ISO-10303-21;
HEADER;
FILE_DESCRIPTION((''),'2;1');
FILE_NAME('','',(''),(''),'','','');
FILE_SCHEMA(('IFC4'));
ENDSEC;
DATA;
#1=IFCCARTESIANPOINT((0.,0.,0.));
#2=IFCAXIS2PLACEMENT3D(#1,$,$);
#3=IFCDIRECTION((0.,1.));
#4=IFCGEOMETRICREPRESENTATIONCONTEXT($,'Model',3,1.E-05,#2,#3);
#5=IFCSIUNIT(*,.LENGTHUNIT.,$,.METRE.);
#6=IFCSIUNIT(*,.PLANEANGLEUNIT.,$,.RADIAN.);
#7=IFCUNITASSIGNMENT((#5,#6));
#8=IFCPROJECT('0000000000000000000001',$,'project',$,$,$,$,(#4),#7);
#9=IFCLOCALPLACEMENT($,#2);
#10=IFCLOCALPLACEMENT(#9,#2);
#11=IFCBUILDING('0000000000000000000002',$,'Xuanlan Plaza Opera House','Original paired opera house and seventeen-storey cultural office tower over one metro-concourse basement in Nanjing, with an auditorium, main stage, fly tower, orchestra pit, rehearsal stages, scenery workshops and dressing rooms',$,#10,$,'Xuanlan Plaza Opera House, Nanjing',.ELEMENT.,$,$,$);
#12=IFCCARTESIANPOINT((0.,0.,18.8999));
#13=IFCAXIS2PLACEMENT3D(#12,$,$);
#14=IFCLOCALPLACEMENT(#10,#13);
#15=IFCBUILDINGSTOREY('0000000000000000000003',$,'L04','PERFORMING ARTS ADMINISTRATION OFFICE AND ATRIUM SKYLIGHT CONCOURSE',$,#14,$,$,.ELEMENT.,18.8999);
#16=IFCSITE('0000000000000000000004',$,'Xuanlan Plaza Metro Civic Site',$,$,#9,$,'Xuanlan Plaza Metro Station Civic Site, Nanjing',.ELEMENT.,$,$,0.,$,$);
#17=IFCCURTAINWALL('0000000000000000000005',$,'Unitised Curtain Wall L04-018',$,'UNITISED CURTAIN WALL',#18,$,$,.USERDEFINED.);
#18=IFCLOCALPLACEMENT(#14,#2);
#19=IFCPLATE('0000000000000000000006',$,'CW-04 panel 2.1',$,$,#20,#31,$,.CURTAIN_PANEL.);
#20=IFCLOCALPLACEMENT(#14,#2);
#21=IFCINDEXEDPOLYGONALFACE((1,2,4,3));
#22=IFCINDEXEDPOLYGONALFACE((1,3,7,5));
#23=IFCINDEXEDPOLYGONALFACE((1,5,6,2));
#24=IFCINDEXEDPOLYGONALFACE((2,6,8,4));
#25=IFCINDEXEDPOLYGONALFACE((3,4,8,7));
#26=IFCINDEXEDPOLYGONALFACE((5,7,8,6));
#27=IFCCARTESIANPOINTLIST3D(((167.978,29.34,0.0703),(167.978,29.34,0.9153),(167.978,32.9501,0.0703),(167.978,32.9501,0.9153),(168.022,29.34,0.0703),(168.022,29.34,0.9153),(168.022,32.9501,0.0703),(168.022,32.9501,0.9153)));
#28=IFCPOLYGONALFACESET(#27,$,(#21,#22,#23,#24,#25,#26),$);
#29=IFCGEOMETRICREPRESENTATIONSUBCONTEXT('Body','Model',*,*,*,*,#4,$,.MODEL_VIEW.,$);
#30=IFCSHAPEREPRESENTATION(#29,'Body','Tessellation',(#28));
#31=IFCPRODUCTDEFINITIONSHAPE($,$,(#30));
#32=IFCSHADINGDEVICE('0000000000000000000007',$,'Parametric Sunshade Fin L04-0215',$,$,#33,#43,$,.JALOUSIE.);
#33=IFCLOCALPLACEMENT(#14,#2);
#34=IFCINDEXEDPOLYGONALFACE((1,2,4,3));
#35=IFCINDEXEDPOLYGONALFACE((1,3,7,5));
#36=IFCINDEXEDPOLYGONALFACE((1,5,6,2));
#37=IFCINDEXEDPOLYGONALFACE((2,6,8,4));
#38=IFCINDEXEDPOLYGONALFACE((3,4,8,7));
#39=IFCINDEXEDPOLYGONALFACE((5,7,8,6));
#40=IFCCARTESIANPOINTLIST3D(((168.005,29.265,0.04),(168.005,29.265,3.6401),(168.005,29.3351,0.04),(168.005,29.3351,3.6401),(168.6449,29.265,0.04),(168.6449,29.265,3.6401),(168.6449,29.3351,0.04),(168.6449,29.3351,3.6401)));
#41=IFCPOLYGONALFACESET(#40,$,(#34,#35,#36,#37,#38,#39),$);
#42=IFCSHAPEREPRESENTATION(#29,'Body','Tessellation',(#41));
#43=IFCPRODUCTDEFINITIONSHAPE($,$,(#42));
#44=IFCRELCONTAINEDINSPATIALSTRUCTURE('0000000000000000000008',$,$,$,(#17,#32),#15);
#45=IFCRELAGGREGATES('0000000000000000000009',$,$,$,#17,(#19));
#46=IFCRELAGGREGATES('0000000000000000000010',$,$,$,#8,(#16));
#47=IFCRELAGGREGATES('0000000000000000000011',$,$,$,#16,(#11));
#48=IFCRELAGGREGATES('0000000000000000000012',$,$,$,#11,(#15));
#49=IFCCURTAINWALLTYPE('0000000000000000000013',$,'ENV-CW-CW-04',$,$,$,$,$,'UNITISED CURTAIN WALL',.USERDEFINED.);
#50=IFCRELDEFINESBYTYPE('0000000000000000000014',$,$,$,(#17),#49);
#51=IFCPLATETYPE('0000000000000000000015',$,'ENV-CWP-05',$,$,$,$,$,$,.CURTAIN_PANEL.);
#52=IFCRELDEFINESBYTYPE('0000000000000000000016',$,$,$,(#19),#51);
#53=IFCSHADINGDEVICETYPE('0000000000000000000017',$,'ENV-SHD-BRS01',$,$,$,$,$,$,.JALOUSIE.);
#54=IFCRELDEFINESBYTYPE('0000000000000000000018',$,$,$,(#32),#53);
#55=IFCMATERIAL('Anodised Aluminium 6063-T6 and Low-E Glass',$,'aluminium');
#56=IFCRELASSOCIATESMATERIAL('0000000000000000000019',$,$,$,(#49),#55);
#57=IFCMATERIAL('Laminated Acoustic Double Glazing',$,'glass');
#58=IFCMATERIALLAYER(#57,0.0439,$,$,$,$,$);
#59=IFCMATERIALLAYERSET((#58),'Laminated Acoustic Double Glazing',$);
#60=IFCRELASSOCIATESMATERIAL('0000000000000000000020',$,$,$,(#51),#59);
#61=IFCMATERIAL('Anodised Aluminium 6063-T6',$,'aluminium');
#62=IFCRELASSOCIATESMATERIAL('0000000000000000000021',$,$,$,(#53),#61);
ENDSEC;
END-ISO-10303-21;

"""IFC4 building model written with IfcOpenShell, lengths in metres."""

from ifc_helpers import new_model, si_unit, direction, frame, origin, origin_2d, place, context, subcontext, project, spatial, rectangle, extrude, material, layer, layer_set, type_object, element, aggregate, save


model = new_model("IFC4")

# Units and contexts
model_context = context("Model", 3, precision=1e-05, world=origin(), true_north=direction((0.0, 1.0)))
body_context = subcontext(model_context, "Body", "Model", "MODEL_VIEW")
ifc_project = project(units=[si_unit("LENGTHUNIT", "METRE"), si_unit("PLANEANGLEUNIT", "RADIAN")], contexts=[model_context])

# Site, building, storey
site_placement = place(None, origin())
site = spatial("IfcSite", under=ifc_project, at=site_placement, Name="Xuanlan Plaza Metro Civic Site", LongName="Xuanlan Plaza Metro Station Civic Site, Nanjing", CompositionType="ELEMENT", RefElevation=0.0)
building_placement = place(site_placement, origin())
building = spatial("IfcBuilding", under=site, at=building_placement, Name="Xuanlan Plaza Opera House", Description="Original paired opera house and seventeen-storey cultural office tower over one metro-concourse basement in Nanjing, with an auditorium, main stage, fly tower, orchestra pit, rehearsal stages, scenery workshops and dressing rooms", LongName="Xuanlan Plaza Opera House, Nanjing", CompositionType="ELEMENT")
storey_placement = place(building_placement, frame((0.0, 0.0, 18.8999)))
storey = spatial("IfcBuildingStorey", under=building, at=storey_placement, Name="L04", Description="PERFORMING ARTS ADMINISTRATION OFFICE AND ATRIUM SKYLIGHT CONCOURSE", CompositionType="ELEMENT", Elevation=18.8999)

# Shared definitions
ifc_material_1 = material(Name="Anodised Aluminium 6063-T6 and Low-E Glass", Category="aluminium")
ifc_material_2 = material(Name="Anodised Aluminium 6063-T6", Category="aluminium")

# Curtain wall
curtain_wall_type_1 = type_object("IfcCurtainWallType", Name="ENV-CW-CW-04", ElementType="UNITISED CURTAIN WALL", PredefinedType="USERDEFINED", material=ifc_material_1)
curtain_wall_1_placement = place(storey_placement, origin())
curtain_wall_1 = element("IfcCurtainWall", 1, at=curtain_wall_1_placement, inside=storey, type_object=curtain_wall_type_1, Name="Unitised Curtain Wall L04-018", ObjectType="UNITISED CURTAIN WALL", PredefinedType="USERDEFINED")

# Plate
ifc_material_3 = material(Name="Laminated Acoustic Double Glazing", Category="glass")
ifc_layer_1 = layer(ifc_material_3, 0.0439)
ifc_layer_set_1 = layer_set([ifc_layer_1], Name="Laminated Acoustic Double Glazing")
plate_type_1 = type_object("IfcPlateType", Name="ENV-CWP-05", PredefinedType="CURTAIN_PANEL", material=ifc_layer_set_1)
plate_1_placement = place(storey_placement, frame((168.0, 31.145, 0.0703), z_axis=(0.0, 0.0, 1.0), x_axis=(0.0, 1.0, 0.0)))
plate_1 = element("IfcPlate", 2, at=plate_1_placement, type_object=plate_type_1, Name="CW-04 panel 2.1", PredefinedType="CURTAIN_PANEL", context=body_context, shape_type="SweptSolid", body=[
    extrude(rectangle(XDim=3.6101, YDim=0.0439, at=origin_2d()), origin(), (0.0, 0.0, 1.0), 0.845),
])
aggregate(curtain_wall_1, [plate_1])

# Shading device
shading_device_type = type_object("IfcShadingDeviceType", Name="ENV-SHD-BRS01", PredefinedType="JALOUSIE", material=ifc_material_2)
shading_device_placement = place(storey_placement, frame((168.325, 29.3, 0.04), z_axis=(0.0, 0.0, 1.0), x_axis=(1.0, 0.0, 0.0)))
element("IfcShadingDevice", 3, at=shading_device_placement, inside=storey, type_object=shading_device_type, Name="Parametric Sunshade Fin L04-0215", PredefinedType="JALOUSIE", context=body_context, shape_type="SweptSolid", body=[
    extrude(rectangle(XDim=0.6399, YDim=0.0701, at=origin_2d()), origin(), (0.0, 0.0, 1.0), 3.6001),
])

save(model, "model.ifc")
